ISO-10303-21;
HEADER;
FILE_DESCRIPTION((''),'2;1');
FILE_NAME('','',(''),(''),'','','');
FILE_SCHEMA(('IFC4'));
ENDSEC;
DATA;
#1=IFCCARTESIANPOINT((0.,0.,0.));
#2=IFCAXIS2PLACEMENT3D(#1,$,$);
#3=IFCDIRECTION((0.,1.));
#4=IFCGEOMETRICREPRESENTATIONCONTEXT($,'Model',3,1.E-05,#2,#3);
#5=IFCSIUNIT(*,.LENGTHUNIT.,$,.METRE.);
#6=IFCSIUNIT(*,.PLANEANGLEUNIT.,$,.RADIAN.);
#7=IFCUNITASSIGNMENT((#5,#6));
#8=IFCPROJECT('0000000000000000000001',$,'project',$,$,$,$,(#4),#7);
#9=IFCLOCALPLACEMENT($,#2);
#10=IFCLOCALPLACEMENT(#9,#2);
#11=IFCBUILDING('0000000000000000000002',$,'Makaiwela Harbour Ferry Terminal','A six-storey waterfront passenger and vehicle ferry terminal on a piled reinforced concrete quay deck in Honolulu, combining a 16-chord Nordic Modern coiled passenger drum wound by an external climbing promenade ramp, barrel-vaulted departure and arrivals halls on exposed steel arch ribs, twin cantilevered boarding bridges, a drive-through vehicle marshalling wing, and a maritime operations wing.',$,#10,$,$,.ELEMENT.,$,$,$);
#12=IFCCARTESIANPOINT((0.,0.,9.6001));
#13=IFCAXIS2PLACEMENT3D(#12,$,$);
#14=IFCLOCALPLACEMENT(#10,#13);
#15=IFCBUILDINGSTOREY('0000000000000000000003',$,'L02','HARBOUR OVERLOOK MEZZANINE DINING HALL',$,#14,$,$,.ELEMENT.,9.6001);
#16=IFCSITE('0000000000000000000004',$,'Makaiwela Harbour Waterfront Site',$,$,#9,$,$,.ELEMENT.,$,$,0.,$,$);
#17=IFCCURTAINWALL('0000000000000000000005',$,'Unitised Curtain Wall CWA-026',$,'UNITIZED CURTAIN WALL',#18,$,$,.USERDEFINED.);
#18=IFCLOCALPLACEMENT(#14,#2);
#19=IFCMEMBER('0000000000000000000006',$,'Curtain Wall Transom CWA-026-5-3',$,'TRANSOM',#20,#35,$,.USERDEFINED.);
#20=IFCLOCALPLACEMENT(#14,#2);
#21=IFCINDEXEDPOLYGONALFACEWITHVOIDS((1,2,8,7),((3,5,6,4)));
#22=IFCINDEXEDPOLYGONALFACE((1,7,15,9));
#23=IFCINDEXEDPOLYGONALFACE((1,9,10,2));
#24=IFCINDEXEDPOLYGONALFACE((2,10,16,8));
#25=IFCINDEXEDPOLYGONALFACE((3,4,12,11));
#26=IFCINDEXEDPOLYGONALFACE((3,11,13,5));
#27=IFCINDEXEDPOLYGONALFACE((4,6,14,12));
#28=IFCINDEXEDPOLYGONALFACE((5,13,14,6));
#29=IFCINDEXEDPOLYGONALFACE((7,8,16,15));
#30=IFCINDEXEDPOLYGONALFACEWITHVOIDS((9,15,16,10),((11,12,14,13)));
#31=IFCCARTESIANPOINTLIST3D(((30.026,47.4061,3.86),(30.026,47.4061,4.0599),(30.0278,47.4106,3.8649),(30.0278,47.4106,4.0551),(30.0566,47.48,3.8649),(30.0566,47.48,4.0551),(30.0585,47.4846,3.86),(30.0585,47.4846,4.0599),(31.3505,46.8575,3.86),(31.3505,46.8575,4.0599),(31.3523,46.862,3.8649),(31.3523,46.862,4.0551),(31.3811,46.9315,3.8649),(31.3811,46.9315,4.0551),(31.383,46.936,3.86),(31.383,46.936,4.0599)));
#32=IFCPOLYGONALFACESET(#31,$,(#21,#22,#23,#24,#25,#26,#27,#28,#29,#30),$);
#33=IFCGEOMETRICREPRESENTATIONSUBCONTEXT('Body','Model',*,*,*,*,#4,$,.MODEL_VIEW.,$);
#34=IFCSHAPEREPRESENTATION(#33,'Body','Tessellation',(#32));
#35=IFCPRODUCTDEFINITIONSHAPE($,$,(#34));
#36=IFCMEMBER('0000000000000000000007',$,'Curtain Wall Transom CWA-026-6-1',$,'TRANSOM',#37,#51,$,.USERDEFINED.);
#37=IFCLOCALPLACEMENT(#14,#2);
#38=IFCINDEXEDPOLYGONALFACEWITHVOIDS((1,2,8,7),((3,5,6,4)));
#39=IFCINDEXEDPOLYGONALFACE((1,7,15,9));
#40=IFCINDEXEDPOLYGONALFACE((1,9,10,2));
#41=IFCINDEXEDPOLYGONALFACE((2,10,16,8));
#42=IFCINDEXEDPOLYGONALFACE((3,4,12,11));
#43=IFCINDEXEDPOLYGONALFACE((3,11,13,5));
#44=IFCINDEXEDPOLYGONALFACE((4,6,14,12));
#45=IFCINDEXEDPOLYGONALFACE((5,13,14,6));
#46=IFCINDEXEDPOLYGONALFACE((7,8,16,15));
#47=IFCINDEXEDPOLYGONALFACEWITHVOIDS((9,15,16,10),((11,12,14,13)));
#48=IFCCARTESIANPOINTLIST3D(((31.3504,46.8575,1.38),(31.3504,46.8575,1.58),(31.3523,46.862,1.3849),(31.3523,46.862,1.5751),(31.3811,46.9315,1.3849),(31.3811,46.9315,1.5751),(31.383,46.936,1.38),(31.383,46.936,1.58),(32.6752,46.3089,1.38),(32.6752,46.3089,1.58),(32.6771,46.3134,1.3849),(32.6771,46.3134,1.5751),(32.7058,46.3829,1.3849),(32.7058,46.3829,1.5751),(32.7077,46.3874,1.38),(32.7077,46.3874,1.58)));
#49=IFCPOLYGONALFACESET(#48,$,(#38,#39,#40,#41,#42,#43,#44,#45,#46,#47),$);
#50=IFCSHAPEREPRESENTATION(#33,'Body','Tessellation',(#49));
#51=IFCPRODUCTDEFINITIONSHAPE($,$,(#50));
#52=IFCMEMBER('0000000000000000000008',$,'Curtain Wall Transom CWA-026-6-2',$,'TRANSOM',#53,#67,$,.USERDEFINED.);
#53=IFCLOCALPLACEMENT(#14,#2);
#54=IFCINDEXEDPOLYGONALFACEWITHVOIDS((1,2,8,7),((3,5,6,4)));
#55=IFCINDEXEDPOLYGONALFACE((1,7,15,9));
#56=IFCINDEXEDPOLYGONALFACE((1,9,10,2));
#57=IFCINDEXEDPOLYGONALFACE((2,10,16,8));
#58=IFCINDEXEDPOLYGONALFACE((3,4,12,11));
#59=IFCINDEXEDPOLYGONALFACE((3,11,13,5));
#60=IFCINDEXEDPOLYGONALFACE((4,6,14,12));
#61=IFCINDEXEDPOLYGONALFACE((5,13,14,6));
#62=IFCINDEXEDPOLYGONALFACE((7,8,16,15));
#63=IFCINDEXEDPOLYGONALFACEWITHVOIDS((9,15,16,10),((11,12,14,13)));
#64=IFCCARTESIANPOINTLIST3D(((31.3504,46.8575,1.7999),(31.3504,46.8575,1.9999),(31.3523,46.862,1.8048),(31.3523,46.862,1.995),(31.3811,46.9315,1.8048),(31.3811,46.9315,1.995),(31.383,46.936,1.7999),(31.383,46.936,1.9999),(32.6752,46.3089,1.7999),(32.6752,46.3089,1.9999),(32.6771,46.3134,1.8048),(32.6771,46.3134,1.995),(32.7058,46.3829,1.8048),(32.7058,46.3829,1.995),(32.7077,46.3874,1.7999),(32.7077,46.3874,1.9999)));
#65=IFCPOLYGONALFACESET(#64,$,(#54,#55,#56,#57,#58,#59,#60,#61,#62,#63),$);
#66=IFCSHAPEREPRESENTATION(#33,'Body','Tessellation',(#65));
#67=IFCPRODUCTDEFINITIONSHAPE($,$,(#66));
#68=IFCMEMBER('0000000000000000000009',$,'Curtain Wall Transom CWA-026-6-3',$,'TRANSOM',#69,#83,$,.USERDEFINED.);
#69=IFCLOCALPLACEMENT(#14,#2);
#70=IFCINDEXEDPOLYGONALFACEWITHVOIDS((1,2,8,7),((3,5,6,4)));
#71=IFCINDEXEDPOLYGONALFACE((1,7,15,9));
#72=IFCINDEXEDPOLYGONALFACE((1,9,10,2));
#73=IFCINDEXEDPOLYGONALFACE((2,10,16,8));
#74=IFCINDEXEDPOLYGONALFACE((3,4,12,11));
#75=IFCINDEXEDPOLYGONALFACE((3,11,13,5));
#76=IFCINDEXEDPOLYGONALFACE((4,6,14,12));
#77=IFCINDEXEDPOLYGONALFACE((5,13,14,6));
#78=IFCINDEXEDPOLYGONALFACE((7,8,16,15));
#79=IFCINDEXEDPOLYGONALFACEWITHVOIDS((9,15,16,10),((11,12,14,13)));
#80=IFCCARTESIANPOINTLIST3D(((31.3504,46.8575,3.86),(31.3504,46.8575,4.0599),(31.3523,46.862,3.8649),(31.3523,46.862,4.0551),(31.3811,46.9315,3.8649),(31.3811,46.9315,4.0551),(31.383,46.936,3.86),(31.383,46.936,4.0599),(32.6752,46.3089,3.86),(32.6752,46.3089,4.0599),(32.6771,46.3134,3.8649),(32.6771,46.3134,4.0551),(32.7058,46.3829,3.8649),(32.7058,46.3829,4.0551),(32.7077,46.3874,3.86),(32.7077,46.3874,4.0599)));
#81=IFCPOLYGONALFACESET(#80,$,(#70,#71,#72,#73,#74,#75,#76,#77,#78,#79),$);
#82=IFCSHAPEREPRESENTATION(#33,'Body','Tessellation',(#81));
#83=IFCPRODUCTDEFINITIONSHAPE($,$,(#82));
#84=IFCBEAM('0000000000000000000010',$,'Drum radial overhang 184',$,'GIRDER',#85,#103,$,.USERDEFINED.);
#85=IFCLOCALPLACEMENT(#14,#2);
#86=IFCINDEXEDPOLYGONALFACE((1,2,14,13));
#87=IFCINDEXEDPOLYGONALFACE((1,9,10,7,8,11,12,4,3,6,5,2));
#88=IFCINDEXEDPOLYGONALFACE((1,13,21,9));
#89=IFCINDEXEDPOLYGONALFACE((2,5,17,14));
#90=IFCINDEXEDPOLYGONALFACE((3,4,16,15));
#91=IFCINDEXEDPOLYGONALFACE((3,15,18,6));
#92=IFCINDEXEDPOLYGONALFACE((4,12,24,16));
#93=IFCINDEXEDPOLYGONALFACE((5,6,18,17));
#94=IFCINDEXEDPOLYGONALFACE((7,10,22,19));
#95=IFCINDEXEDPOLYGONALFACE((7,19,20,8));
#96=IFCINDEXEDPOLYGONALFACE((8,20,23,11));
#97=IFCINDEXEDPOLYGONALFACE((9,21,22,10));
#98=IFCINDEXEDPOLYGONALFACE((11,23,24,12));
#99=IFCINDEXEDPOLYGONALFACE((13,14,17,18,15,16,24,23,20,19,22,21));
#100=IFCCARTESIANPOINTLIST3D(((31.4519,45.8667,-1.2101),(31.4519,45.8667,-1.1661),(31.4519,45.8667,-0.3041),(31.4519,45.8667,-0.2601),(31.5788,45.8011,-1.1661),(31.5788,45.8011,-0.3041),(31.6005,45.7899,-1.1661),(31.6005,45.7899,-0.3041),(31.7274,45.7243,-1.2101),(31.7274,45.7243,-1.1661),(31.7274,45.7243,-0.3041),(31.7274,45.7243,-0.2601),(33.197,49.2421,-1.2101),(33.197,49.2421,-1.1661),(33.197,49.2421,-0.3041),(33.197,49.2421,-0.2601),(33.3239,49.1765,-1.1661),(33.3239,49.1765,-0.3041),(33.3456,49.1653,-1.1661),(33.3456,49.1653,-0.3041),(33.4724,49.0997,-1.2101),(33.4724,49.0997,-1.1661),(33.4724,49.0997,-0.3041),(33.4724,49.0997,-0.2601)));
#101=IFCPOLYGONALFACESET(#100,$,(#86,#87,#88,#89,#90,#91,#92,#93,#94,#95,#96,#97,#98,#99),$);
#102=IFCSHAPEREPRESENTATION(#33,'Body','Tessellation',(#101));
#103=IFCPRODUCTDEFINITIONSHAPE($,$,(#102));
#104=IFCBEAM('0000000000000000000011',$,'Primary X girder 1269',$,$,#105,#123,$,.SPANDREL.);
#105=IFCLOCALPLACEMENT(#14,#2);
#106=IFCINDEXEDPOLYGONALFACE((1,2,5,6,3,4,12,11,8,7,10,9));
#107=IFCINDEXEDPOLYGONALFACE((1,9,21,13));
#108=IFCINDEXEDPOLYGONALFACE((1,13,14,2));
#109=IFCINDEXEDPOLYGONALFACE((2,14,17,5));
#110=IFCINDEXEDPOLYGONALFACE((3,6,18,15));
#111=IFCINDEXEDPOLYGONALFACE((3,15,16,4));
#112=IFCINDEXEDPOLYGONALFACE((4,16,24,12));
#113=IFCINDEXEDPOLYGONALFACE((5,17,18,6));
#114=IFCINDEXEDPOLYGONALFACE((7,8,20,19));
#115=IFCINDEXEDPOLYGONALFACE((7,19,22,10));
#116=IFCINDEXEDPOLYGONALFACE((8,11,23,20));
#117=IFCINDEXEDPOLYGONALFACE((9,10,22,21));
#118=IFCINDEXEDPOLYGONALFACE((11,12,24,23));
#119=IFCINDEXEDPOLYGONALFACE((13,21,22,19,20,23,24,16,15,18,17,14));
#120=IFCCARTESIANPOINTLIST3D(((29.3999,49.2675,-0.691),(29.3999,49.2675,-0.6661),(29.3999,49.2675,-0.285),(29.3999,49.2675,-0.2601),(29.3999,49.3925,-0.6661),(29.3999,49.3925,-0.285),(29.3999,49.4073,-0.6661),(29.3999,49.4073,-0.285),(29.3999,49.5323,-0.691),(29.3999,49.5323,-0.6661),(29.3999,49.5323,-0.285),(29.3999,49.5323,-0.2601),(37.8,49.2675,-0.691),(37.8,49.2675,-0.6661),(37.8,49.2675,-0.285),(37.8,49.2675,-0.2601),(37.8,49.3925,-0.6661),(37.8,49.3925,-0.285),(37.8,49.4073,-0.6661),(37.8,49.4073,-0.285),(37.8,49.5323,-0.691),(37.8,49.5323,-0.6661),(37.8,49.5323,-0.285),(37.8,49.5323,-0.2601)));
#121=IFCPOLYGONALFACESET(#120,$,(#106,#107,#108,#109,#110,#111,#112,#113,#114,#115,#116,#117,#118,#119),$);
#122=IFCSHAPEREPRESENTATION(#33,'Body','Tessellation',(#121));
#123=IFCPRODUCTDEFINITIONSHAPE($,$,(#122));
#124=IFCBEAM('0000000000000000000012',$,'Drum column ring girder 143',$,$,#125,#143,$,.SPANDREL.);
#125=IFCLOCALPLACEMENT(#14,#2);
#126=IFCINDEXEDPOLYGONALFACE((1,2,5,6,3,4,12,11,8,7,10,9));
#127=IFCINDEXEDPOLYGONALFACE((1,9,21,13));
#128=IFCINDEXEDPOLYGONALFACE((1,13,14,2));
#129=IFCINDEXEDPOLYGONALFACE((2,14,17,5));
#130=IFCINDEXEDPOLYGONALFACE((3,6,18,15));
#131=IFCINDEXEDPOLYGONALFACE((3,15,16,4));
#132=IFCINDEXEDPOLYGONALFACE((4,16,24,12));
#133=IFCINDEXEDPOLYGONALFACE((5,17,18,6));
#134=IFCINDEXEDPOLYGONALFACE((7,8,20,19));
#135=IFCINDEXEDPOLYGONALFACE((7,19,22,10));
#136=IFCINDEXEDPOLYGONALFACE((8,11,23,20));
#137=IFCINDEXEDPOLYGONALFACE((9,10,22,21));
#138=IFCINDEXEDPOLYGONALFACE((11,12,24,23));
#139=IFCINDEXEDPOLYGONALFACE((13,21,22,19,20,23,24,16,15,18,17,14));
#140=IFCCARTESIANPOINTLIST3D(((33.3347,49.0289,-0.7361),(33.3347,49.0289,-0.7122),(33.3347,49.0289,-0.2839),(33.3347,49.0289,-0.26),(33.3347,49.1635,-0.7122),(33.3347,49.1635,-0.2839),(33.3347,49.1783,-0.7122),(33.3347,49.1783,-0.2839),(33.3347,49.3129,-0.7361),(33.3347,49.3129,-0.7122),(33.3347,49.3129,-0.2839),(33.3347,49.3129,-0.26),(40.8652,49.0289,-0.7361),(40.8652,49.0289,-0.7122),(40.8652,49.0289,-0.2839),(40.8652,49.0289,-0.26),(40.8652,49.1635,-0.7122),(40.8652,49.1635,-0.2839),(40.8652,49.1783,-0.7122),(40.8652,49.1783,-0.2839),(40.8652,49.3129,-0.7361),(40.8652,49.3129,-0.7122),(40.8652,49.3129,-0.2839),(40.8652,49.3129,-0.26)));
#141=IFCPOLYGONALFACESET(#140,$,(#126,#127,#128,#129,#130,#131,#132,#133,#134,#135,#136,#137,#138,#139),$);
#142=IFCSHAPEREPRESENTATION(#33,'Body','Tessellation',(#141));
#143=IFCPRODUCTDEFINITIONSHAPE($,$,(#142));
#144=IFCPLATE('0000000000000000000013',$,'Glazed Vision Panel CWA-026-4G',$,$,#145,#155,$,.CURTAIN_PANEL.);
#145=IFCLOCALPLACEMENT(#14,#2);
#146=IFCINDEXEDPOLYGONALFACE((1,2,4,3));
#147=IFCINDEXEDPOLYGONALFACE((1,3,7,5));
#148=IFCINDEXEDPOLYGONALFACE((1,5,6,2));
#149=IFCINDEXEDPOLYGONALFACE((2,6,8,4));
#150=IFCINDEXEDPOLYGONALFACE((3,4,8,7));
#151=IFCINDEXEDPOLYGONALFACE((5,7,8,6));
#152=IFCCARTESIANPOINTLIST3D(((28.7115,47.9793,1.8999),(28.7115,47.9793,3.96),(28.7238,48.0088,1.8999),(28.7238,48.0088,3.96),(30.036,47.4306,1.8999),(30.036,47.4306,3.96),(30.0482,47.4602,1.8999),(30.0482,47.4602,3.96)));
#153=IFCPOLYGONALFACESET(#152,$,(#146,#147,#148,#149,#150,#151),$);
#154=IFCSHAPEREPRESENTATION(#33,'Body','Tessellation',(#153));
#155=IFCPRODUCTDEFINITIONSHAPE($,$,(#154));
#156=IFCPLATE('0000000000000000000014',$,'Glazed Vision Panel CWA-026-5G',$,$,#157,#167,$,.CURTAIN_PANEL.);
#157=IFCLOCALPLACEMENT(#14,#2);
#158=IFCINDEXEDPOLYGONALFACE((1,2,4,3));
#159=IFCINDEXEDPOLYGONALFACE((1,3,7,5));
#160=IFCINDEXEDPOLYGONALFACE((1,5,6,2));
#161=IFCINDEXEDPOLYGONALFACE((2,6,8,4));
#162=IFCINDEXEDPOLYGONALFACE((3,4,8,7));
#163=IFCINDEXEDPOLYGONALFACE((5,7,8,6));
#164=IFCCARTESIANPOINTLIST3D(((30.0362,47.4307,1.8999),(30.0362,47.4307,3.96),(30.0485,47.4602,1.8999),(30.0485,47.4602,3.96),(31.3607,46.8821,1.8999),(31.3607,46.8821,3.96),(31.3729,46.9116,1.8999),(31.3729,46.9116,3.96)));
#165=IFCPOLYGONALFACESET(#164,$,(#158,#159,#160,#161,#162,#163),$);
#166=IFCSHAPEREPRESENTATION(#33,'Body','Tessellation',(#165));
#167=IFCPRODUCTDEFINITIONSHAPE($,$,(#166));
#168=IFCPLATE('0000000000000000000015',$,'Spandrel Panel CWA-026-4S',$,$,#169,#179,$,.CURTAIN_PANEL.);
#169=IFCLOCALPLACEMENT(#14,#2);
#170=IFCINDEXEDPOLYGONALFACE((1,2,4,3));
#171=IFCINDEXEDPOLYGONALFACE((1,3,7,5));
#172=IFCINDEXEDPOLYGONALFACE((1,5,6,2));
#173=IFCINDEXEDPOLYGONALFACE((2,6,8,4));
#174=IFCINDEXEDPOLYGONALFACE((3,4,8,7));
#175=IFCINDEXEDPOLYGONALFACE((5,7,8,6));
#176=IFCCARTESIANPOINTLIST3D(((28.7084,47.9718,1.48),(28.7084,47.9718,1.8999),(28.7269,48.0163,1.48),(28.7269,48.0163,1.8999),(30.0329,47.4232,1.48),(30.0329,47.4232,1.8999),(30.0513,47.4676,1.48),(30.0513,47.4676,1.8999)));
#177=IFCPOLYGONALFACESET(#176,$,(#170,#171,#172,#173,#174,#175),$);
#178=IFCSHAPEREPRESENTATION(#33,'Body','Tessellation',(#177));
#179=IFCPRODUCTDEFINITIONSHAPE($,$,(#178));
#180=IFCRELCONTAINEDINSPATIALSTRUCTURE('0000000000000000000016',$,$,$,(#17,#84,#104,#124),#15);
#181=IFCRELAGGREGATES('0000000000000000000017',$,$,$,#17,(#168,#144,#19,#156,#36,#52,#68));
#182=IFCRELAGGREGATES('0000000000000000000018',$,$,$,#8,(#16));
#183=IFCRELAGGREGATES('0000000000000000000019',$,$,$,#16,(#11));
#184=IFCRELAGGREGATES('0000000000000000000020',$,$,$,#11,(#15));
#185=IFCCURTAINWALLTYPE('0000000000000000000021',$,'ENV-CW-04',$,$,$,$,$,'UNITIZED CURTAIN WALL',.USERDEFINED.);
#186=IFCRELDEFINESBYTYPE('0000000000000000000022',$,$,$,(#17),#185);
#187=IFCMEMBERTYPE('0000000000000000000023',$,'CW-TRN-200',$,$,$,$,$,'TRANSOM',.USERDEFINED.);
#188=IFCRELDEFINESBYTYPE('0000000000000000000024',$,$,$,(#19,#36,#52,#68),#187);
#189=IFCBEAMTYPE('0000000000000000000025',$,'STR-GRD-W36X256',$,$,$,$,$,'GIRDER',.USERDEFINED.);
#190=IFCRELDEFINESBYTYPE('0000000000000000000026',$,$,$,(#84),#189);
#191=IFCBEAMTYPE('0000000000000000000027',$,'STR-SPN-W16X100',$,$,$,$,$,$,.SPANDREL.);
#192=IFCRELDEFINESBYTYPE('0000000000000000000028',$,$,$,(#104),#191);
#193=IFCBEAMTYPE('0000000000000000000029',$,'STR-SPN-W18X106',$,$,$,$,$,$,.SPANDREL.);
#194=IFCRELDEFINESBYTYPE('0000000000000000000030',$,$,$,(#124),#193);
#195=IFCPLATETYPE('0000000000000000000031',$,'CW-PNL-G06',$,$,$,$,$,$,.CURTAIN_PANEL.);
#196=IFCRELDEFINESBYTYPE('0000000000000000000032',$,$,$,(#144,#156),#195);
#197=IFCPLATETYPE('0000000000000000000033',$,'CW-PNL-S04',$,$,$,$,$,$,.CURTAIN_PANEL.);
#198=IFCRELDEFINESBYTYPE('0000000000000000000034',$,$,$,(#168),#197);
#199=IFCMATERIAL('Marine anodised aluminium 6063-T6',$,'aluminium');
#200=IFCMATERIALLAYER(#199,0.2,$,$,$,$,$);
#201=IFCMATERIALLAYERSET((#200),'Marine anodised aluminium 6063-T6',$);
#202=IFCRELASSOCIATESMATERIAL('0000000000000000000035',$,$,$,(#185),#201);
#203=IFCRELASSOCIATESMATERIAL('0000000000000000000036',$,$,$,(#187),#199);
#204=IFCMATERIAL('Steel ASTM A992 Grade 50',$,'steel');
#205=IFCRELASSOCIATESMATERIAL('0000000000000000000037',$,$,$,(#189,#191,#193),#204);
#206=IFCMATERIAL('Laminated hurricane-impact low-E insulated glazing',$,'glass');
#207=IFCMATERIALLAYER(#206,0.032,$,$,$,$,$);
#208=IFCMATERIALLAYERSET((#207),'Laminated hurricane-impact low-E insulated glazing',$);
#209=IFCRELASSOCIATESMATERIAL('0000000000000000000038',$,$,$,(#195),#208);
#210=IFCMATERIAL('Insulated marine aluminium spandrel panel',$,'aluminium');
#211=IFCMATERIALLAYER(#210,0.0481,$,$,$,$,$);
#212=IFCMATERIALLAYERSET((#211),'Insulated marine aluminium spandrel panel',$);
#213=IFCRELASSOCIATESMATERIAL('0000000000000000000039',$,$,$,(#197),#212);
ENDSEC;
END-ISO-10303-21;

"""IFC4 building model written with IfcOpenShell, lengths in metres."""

from ifc_helpers import new_model, si_unit, direction, frame, origin, origin_2d, place, context, subcontext, project, spatial, rectangle, hollow_rectangle, i_section, extrude, material, layer, layer_set, material_profile, profile_set, type_object, element, aggregate, save


model = new_model("IFC4")

# Units and contexts
model_context = context("Model", 3, precision=1e-05, world=origin(), true_north=direction((0.0, 1.0)))
body_context = subcontext(model_context, "Body", "Model", "MODEL_VIEW")
ifc_project = project(units=[si_unit("LENGTHUNIT", "METRE"), si_unit("PLANEANGLEUNIT", "RADIAN")], contexts=[model_context])

# Site, building, storey
site_placement = place(None, origin())
site = spatial("IfcSite", under=ifc_project, at=site_placement, Name="Makaiwela Harbour Waterfront Site", CompositionType="ELEMENT", RefElevation=0.0)
building_placement = place(site_placement, origin())
building = spatial("IfcBuilding", under=site, at=building_placement, Name="Makaiwela Harbour Ferry Terminal", Description="A six-storey waterfront passenger and vehicle ferry terminal on a piled reinforced concrete quay deck in Honolulu, combining a 16-chord Nordic Modern coiled passenger drum wound by an external climbing promenade ramp, barrel-vaulted departure and arrivals halls on exposed steel arch ribs, twin cantilevered boarding bridges, a drive-through vehicle marshalling wing, and a maritime operations wing.", CompositionType="ELEMENT")
storey_placement = place(building_placement, frame((0.0, 0.0, 9.6001)))
storey = spatial("IfcBuildingStorey", under=building, at=storey_placement, Name="L02", Description="HARBOUR OVERLOOK MEZZANINE DINING HALL", CompositionType="ELEMENT", Elevation=9.6001)

# Shared definitions
ifc_material_1 = material(Name="Steel ASTM A992 Grade 50", Category="steel")

# Curtain wall, members
ifc_material_2 = material(Name="Marine anodised aluminium 6063-T6", Category="aluminium")
ifc_layer_1 = layer(ifc_material_2, 0.2)
ifc_layer_set_1 = layer_set([ifc_layer_1], Name="Marine anodised aluminium 6063-T6")
curtain_wall_type = type_object("IfcCurtainWallType", Name="ENV-CW-04", ElementType="UNITIZED CURTAIN WALL", PredefinedType="USERDEFINED", material=ifc_layer_set_1)
curtain_wall_placement = place(storey_placement, origin())
curtain_wall = element("IfcCurtainWall", 1, at=curtain_wall_placement, inside=storey, type_object=curtain_wall_type, Name="Unitised Curtain Wall CWA-026", ObjectType="UNITIZED CURTAIN WALL", PredefinedType="USERDEFINED")
ifc_material_profile_1 = material_profile(ifc_material_2, hollow_rectangle(XDim=0.085, YDim=0.2, WallThickness=0.0049, at=origin_2d()), Name="CWT-200X85")
ifc_profile_set_1 = profile_set([ifc_material_profile_1], Name="Marine anodised aluminium 6063-T6")
member_type_1 = type_object("IfcMemberType", Name="CW-TRN-200", ElementType="TRANSOM", PredefinedType="USERDEFINED", material=ifc_profile_set_1)
member_1_placement = place(storey_placement, frame((30.0422, 47.4453, 3.96), z_axis=(0.923886, -0.382668, 0.0), x_axis=(0.382668, 0.923886, 0.0)))
member_1 = element("IfcMember", 2, at=member_1_placement, type_object=member_type_1, Name="Curtain Wall Transom CWA-026-5-3", ObjectType="TRANSOM", PredefinedType="USERDEFINED", context=body_context, shape_type="SweptSolid", body=[
    extrude(hollow_rectangle(XDim=0.085, YDim=0.2, WallThickness=0.0049, at=origin_2d()), origin(), (0.0, 0.0, 1.0), 1.4336),
])
member_2_placement = place(storey_placement, frame((31.3667, 46.8967, 1.48), z_axis=(0.923911, -0.382607, 0.0), x_axis=(0.382607, 0.923911, 0.0)))
member_2 = element("IfcMember", 3, at=member_2_placement, type_object=member_type_1, Name="Curtain Wall Transom CWA-026-6-1", ObjectType="TRANSOM", PredefinedType="USERDEFINED", context=body_context, shape_type="SweptSolid", body=[
    extrude(hollow_rectangle(XDim=0.085, YDim=0.2, WallThickness=0.0049, at=origin_2d()), origin(), (0.0, 0.0, 1.0), 1.4338),
])
member_3_placement = place(storey_placement, frame((31.3667, 46.8967, 1.8999), z_axis=(0.923911, -0.382607, 0.0), x_axis=(0.382607, 0.923911, 0.0)))
member_3 = element("IfcMember", 4, at=member_3_placement, type_object=member_type_1, Name="Curtain Wall Transom CWA-026-6-2", ObjectType="TRANSOM", PredefinedType="USERDEFINED", context=body_context, shape_type="SweptSolid", body=[
    extrude(hollow_rectangle(XDim=0.085, YDim=0.2, WallThickness=0.0049, at=origin_2d()), origin(), (0.0, 0.0, 1.0), 1.4338),
])
member_4_placement = place(storey_placement, frame((31.3667, 46.8967, 3.96), z_axis=(0.923911, -0.382607, 0.0), x_axis=(0.382607, 0.923911, 0.0)))
member_4 = element("IfcMember", 5, at=member_4_placement, type_object=member_type_1, Name="Curtain Wall Transom CWA-026-6-3", ObjectType="TRANSOM", PredefinedType="USERDEFINED", context=body_context, shape_type="SweptSolid", body=[
    extrude(hollow_rectangle(XDim=0.085, YDim=0.2, WallThickness=0.0049, at=origin_2d()), origin(), (0.0, 0.0, 1.0), 1.4338),
])

# Beams
ifc_material_profile_2 = material_profile(ifc_material_1, i_section(OverallWidth=0.3101, OverallDepth=0.95, WebThickness=0.0244, FlangeThickness=0.0439, at=origin_2d()), Name="W36X256")
ifc_profile_set_2 = profile_set([ifc_material_profile_2], Name="Steel ASTM A992 Grade 50")
beam_type_1 = type_object("IfcBeamType", Name="STR-GRD-W36X256", ElementType="GIRDER", PredefinedType="USERDEFINED", material=ifc_profile_set_2)
beam_1_placement = place(storey_placement, frame((33.3347, 49.1709, -0.7351), z_axis=(-0.459252, -0.888306, 0.0), x_axis=(0.888306, -0.459252, 0.0)))
element("IfcBeam", 6, at=beam_1_placement, inside=storey, type_object=beam_type_1, Name="Drum radial overhang 184", ObjectType="GIRDER", PredefinedType="USERDEFINED", context=body_context, shape_type="SweptSolid", body=[
    extrude(i_section(OverallWidth=0.3101, OverallDepth=0.95, WebThickness=0.0244, FlangeThickness=0.0439, at=origin_2d()), origin(), (0.0, 0.0, 1.0), 3.7998),
])
ifc_material_profile_3 = material_profile(ifc_material_1, i_section(OverallWidth=0.2649, OverallDepth=0.4309, WebThickness=0.0149, FlangeThickness=0.0249, at=origin_2d()), Name="W16X100")
ifc_profile_set_3 = profile_set([ifc_material_profile_3], Name="Steel ASTM A992 Grade 50")
beam_type_2 = type_object("IfcBeamType", Name="STR-SPN-W16X100", PredefinedType="SPANDREL", material=ifc_profile_set_3)
beam_2_placement = place(storey_placement, frame((29.3999, 49.3999, -0.4756), z_axis=(1.0, 0.0, 0.0), x_axis=(0.0, 1.0, 0.0)))
element("IfcBeam", 7, at=beam_2_placement, inside=storey, type_object=beam_type_2, Name="Primary X girder 1269", PredefinedType="SPANDREL", context=body_context, shape_type="SweptSolid", body=[
    extrude(i_section(OverallWidth=0.2649, OverallDepth=0.4309, WebThickness=0.0149, FlangeThickness=0.0249, at=origin_2d()), origin(), (0.0, 0.0, 1.0), 8.4001),
])
ifc_material_profile_4 = material_profile(ifc_material_1, i_section(OverallWidth=0.2839, OverallDepth=0.4761, WebThickness=0.0149, FlangeThickness=0.0239, at=origin_2d()), Name="W18X106")
ifc_profile_set_4 = profile_set([ifc_material_profile_4], Name="Steel ASTM A992 Grade 50")
beam_type_3 = type_object("IfcBeamType", Name="STR-SPN-W18X106", PredefinedType="SPANDREL", material=ifc_profile_set_4)
beam_3_placement = place(storey_placement, frame((33.3347, 49.1709, -0.498), z_axis=(1.0, 0.0, 0.0), x_axis=(0.0, 1.0, 0.0)))
element("IfcBeam", 8, at=beam_3_placement, inside=storey, type_object=beam_type_3, Name="Drum column ring girder 143", PredefinedType="SPANDREL", context=body_context, shape_type="SweptSolid", body=[
    extrude(i_section(OverallWidth=0.2839, OverallDepth=0.4761, WebThickness=0.0149, FlangeThickness=0.0239, at=origin_2d()), origin(), (0.0, 0.0, 1.0), 7.5305),
])

# Plates
ifc_material_3 = material(Name="Laminated hurricane-impact low-E insulated glazing", Category="glass")
ifc_layer_2 = layer(ifc_material_3, 0.032)
ifc_layer_set_2 = layer_set([ifc_layer_2], Name="Laminated hurricane-impact low-E insulated glazing")
plate_type_1 = type_object("IfcPlateType", Name="CW-PNL-G06", PredefinedType="CURTAIN_PANEL", material=ifc_layer_set_2)
plate_1_placement = place(storey_placement, frame((29.3799, 47.7197, 1.8999), z_axis=(0.0, 0.0, 1.0), x_axis=(0.92388, -0.382683, 0.0)))
plate_1 = element("IfcPlate", 9, at=plate_1_placement, type_object=plate_type_1, Name="Glazed Vision Panel CWA-026-4G", PredefinedType="CURTAIN_PANEL", context=body_context, shape_type="SweptSolid", body=[
    extrude(rectangle(XDim=1.4336, YDim=0.032, at=origin_2d()), origin(), (0.0, 0.0, 1.0), 2.0601),
])
plate_2_placement = place(storey_placement, frame((30.7046, 47.1711, 1.8999), z_axis=(0.0, 0.0, 1.0), x_axis=(0.92388, -0.382683, 0.0)))
plate_2 = element("IfcPlate", 10, at=plate_2_placement, type_object=plate_type_1, Name="Glazed Vision Panel CWA-026-5G", PredefinedType="CURTAIN_PANEL", context=body_context, shape_type="SweptSolid", body=[
    extrude(rectangle(XDim=1.4336, YDim=0.032, at=origin_2d()), origin(), (0.0, 0.0, 1.0), 2.0601),
])
ifc_material_4 = material(Name="Insulated marine aluminium spandrel panel", Category="aluminium")
ifc_layer_3 = layer(ifc_material_4, 0.0481)
ifc_layer_set_3 = layer_set([ifc_layer_3], Name="Insulated marine aluminium spandrel panel")
plate_type_2 = type_object("IfcPlateType", Name="CW-PNL-S04", PredefinedType="CURTAIN_PANEL", material=ifc_layer_set_3)
plate_3_placement = place(storey_placement, frame((29.3799, 47.7197, 1.48), z_axis=(0.0, 0.0, 1.0), x_axis=(0.92388, -0.382683, 0.0)))
plate_3 = element("IfcPlate", 11, at=plate_3_placement, type_object=plate_type_2, Name="Spandrel Panel CWA-026-4S", PredefinedType="CURTAIN_PANEL", context=body_context, shape_type="SweptSolid", body=[
    extrude(rectangle(XDim=1.4336, YDim=0.0481, at=origin_2d()), origin(), (0.0, 0.0, 1.0), 0.4199),
])
aggregate(curtain_wall, [plate_3, plate_1, member_1, plate_2, member_2, member_3, member_4])

save(model, "model.ifc")
